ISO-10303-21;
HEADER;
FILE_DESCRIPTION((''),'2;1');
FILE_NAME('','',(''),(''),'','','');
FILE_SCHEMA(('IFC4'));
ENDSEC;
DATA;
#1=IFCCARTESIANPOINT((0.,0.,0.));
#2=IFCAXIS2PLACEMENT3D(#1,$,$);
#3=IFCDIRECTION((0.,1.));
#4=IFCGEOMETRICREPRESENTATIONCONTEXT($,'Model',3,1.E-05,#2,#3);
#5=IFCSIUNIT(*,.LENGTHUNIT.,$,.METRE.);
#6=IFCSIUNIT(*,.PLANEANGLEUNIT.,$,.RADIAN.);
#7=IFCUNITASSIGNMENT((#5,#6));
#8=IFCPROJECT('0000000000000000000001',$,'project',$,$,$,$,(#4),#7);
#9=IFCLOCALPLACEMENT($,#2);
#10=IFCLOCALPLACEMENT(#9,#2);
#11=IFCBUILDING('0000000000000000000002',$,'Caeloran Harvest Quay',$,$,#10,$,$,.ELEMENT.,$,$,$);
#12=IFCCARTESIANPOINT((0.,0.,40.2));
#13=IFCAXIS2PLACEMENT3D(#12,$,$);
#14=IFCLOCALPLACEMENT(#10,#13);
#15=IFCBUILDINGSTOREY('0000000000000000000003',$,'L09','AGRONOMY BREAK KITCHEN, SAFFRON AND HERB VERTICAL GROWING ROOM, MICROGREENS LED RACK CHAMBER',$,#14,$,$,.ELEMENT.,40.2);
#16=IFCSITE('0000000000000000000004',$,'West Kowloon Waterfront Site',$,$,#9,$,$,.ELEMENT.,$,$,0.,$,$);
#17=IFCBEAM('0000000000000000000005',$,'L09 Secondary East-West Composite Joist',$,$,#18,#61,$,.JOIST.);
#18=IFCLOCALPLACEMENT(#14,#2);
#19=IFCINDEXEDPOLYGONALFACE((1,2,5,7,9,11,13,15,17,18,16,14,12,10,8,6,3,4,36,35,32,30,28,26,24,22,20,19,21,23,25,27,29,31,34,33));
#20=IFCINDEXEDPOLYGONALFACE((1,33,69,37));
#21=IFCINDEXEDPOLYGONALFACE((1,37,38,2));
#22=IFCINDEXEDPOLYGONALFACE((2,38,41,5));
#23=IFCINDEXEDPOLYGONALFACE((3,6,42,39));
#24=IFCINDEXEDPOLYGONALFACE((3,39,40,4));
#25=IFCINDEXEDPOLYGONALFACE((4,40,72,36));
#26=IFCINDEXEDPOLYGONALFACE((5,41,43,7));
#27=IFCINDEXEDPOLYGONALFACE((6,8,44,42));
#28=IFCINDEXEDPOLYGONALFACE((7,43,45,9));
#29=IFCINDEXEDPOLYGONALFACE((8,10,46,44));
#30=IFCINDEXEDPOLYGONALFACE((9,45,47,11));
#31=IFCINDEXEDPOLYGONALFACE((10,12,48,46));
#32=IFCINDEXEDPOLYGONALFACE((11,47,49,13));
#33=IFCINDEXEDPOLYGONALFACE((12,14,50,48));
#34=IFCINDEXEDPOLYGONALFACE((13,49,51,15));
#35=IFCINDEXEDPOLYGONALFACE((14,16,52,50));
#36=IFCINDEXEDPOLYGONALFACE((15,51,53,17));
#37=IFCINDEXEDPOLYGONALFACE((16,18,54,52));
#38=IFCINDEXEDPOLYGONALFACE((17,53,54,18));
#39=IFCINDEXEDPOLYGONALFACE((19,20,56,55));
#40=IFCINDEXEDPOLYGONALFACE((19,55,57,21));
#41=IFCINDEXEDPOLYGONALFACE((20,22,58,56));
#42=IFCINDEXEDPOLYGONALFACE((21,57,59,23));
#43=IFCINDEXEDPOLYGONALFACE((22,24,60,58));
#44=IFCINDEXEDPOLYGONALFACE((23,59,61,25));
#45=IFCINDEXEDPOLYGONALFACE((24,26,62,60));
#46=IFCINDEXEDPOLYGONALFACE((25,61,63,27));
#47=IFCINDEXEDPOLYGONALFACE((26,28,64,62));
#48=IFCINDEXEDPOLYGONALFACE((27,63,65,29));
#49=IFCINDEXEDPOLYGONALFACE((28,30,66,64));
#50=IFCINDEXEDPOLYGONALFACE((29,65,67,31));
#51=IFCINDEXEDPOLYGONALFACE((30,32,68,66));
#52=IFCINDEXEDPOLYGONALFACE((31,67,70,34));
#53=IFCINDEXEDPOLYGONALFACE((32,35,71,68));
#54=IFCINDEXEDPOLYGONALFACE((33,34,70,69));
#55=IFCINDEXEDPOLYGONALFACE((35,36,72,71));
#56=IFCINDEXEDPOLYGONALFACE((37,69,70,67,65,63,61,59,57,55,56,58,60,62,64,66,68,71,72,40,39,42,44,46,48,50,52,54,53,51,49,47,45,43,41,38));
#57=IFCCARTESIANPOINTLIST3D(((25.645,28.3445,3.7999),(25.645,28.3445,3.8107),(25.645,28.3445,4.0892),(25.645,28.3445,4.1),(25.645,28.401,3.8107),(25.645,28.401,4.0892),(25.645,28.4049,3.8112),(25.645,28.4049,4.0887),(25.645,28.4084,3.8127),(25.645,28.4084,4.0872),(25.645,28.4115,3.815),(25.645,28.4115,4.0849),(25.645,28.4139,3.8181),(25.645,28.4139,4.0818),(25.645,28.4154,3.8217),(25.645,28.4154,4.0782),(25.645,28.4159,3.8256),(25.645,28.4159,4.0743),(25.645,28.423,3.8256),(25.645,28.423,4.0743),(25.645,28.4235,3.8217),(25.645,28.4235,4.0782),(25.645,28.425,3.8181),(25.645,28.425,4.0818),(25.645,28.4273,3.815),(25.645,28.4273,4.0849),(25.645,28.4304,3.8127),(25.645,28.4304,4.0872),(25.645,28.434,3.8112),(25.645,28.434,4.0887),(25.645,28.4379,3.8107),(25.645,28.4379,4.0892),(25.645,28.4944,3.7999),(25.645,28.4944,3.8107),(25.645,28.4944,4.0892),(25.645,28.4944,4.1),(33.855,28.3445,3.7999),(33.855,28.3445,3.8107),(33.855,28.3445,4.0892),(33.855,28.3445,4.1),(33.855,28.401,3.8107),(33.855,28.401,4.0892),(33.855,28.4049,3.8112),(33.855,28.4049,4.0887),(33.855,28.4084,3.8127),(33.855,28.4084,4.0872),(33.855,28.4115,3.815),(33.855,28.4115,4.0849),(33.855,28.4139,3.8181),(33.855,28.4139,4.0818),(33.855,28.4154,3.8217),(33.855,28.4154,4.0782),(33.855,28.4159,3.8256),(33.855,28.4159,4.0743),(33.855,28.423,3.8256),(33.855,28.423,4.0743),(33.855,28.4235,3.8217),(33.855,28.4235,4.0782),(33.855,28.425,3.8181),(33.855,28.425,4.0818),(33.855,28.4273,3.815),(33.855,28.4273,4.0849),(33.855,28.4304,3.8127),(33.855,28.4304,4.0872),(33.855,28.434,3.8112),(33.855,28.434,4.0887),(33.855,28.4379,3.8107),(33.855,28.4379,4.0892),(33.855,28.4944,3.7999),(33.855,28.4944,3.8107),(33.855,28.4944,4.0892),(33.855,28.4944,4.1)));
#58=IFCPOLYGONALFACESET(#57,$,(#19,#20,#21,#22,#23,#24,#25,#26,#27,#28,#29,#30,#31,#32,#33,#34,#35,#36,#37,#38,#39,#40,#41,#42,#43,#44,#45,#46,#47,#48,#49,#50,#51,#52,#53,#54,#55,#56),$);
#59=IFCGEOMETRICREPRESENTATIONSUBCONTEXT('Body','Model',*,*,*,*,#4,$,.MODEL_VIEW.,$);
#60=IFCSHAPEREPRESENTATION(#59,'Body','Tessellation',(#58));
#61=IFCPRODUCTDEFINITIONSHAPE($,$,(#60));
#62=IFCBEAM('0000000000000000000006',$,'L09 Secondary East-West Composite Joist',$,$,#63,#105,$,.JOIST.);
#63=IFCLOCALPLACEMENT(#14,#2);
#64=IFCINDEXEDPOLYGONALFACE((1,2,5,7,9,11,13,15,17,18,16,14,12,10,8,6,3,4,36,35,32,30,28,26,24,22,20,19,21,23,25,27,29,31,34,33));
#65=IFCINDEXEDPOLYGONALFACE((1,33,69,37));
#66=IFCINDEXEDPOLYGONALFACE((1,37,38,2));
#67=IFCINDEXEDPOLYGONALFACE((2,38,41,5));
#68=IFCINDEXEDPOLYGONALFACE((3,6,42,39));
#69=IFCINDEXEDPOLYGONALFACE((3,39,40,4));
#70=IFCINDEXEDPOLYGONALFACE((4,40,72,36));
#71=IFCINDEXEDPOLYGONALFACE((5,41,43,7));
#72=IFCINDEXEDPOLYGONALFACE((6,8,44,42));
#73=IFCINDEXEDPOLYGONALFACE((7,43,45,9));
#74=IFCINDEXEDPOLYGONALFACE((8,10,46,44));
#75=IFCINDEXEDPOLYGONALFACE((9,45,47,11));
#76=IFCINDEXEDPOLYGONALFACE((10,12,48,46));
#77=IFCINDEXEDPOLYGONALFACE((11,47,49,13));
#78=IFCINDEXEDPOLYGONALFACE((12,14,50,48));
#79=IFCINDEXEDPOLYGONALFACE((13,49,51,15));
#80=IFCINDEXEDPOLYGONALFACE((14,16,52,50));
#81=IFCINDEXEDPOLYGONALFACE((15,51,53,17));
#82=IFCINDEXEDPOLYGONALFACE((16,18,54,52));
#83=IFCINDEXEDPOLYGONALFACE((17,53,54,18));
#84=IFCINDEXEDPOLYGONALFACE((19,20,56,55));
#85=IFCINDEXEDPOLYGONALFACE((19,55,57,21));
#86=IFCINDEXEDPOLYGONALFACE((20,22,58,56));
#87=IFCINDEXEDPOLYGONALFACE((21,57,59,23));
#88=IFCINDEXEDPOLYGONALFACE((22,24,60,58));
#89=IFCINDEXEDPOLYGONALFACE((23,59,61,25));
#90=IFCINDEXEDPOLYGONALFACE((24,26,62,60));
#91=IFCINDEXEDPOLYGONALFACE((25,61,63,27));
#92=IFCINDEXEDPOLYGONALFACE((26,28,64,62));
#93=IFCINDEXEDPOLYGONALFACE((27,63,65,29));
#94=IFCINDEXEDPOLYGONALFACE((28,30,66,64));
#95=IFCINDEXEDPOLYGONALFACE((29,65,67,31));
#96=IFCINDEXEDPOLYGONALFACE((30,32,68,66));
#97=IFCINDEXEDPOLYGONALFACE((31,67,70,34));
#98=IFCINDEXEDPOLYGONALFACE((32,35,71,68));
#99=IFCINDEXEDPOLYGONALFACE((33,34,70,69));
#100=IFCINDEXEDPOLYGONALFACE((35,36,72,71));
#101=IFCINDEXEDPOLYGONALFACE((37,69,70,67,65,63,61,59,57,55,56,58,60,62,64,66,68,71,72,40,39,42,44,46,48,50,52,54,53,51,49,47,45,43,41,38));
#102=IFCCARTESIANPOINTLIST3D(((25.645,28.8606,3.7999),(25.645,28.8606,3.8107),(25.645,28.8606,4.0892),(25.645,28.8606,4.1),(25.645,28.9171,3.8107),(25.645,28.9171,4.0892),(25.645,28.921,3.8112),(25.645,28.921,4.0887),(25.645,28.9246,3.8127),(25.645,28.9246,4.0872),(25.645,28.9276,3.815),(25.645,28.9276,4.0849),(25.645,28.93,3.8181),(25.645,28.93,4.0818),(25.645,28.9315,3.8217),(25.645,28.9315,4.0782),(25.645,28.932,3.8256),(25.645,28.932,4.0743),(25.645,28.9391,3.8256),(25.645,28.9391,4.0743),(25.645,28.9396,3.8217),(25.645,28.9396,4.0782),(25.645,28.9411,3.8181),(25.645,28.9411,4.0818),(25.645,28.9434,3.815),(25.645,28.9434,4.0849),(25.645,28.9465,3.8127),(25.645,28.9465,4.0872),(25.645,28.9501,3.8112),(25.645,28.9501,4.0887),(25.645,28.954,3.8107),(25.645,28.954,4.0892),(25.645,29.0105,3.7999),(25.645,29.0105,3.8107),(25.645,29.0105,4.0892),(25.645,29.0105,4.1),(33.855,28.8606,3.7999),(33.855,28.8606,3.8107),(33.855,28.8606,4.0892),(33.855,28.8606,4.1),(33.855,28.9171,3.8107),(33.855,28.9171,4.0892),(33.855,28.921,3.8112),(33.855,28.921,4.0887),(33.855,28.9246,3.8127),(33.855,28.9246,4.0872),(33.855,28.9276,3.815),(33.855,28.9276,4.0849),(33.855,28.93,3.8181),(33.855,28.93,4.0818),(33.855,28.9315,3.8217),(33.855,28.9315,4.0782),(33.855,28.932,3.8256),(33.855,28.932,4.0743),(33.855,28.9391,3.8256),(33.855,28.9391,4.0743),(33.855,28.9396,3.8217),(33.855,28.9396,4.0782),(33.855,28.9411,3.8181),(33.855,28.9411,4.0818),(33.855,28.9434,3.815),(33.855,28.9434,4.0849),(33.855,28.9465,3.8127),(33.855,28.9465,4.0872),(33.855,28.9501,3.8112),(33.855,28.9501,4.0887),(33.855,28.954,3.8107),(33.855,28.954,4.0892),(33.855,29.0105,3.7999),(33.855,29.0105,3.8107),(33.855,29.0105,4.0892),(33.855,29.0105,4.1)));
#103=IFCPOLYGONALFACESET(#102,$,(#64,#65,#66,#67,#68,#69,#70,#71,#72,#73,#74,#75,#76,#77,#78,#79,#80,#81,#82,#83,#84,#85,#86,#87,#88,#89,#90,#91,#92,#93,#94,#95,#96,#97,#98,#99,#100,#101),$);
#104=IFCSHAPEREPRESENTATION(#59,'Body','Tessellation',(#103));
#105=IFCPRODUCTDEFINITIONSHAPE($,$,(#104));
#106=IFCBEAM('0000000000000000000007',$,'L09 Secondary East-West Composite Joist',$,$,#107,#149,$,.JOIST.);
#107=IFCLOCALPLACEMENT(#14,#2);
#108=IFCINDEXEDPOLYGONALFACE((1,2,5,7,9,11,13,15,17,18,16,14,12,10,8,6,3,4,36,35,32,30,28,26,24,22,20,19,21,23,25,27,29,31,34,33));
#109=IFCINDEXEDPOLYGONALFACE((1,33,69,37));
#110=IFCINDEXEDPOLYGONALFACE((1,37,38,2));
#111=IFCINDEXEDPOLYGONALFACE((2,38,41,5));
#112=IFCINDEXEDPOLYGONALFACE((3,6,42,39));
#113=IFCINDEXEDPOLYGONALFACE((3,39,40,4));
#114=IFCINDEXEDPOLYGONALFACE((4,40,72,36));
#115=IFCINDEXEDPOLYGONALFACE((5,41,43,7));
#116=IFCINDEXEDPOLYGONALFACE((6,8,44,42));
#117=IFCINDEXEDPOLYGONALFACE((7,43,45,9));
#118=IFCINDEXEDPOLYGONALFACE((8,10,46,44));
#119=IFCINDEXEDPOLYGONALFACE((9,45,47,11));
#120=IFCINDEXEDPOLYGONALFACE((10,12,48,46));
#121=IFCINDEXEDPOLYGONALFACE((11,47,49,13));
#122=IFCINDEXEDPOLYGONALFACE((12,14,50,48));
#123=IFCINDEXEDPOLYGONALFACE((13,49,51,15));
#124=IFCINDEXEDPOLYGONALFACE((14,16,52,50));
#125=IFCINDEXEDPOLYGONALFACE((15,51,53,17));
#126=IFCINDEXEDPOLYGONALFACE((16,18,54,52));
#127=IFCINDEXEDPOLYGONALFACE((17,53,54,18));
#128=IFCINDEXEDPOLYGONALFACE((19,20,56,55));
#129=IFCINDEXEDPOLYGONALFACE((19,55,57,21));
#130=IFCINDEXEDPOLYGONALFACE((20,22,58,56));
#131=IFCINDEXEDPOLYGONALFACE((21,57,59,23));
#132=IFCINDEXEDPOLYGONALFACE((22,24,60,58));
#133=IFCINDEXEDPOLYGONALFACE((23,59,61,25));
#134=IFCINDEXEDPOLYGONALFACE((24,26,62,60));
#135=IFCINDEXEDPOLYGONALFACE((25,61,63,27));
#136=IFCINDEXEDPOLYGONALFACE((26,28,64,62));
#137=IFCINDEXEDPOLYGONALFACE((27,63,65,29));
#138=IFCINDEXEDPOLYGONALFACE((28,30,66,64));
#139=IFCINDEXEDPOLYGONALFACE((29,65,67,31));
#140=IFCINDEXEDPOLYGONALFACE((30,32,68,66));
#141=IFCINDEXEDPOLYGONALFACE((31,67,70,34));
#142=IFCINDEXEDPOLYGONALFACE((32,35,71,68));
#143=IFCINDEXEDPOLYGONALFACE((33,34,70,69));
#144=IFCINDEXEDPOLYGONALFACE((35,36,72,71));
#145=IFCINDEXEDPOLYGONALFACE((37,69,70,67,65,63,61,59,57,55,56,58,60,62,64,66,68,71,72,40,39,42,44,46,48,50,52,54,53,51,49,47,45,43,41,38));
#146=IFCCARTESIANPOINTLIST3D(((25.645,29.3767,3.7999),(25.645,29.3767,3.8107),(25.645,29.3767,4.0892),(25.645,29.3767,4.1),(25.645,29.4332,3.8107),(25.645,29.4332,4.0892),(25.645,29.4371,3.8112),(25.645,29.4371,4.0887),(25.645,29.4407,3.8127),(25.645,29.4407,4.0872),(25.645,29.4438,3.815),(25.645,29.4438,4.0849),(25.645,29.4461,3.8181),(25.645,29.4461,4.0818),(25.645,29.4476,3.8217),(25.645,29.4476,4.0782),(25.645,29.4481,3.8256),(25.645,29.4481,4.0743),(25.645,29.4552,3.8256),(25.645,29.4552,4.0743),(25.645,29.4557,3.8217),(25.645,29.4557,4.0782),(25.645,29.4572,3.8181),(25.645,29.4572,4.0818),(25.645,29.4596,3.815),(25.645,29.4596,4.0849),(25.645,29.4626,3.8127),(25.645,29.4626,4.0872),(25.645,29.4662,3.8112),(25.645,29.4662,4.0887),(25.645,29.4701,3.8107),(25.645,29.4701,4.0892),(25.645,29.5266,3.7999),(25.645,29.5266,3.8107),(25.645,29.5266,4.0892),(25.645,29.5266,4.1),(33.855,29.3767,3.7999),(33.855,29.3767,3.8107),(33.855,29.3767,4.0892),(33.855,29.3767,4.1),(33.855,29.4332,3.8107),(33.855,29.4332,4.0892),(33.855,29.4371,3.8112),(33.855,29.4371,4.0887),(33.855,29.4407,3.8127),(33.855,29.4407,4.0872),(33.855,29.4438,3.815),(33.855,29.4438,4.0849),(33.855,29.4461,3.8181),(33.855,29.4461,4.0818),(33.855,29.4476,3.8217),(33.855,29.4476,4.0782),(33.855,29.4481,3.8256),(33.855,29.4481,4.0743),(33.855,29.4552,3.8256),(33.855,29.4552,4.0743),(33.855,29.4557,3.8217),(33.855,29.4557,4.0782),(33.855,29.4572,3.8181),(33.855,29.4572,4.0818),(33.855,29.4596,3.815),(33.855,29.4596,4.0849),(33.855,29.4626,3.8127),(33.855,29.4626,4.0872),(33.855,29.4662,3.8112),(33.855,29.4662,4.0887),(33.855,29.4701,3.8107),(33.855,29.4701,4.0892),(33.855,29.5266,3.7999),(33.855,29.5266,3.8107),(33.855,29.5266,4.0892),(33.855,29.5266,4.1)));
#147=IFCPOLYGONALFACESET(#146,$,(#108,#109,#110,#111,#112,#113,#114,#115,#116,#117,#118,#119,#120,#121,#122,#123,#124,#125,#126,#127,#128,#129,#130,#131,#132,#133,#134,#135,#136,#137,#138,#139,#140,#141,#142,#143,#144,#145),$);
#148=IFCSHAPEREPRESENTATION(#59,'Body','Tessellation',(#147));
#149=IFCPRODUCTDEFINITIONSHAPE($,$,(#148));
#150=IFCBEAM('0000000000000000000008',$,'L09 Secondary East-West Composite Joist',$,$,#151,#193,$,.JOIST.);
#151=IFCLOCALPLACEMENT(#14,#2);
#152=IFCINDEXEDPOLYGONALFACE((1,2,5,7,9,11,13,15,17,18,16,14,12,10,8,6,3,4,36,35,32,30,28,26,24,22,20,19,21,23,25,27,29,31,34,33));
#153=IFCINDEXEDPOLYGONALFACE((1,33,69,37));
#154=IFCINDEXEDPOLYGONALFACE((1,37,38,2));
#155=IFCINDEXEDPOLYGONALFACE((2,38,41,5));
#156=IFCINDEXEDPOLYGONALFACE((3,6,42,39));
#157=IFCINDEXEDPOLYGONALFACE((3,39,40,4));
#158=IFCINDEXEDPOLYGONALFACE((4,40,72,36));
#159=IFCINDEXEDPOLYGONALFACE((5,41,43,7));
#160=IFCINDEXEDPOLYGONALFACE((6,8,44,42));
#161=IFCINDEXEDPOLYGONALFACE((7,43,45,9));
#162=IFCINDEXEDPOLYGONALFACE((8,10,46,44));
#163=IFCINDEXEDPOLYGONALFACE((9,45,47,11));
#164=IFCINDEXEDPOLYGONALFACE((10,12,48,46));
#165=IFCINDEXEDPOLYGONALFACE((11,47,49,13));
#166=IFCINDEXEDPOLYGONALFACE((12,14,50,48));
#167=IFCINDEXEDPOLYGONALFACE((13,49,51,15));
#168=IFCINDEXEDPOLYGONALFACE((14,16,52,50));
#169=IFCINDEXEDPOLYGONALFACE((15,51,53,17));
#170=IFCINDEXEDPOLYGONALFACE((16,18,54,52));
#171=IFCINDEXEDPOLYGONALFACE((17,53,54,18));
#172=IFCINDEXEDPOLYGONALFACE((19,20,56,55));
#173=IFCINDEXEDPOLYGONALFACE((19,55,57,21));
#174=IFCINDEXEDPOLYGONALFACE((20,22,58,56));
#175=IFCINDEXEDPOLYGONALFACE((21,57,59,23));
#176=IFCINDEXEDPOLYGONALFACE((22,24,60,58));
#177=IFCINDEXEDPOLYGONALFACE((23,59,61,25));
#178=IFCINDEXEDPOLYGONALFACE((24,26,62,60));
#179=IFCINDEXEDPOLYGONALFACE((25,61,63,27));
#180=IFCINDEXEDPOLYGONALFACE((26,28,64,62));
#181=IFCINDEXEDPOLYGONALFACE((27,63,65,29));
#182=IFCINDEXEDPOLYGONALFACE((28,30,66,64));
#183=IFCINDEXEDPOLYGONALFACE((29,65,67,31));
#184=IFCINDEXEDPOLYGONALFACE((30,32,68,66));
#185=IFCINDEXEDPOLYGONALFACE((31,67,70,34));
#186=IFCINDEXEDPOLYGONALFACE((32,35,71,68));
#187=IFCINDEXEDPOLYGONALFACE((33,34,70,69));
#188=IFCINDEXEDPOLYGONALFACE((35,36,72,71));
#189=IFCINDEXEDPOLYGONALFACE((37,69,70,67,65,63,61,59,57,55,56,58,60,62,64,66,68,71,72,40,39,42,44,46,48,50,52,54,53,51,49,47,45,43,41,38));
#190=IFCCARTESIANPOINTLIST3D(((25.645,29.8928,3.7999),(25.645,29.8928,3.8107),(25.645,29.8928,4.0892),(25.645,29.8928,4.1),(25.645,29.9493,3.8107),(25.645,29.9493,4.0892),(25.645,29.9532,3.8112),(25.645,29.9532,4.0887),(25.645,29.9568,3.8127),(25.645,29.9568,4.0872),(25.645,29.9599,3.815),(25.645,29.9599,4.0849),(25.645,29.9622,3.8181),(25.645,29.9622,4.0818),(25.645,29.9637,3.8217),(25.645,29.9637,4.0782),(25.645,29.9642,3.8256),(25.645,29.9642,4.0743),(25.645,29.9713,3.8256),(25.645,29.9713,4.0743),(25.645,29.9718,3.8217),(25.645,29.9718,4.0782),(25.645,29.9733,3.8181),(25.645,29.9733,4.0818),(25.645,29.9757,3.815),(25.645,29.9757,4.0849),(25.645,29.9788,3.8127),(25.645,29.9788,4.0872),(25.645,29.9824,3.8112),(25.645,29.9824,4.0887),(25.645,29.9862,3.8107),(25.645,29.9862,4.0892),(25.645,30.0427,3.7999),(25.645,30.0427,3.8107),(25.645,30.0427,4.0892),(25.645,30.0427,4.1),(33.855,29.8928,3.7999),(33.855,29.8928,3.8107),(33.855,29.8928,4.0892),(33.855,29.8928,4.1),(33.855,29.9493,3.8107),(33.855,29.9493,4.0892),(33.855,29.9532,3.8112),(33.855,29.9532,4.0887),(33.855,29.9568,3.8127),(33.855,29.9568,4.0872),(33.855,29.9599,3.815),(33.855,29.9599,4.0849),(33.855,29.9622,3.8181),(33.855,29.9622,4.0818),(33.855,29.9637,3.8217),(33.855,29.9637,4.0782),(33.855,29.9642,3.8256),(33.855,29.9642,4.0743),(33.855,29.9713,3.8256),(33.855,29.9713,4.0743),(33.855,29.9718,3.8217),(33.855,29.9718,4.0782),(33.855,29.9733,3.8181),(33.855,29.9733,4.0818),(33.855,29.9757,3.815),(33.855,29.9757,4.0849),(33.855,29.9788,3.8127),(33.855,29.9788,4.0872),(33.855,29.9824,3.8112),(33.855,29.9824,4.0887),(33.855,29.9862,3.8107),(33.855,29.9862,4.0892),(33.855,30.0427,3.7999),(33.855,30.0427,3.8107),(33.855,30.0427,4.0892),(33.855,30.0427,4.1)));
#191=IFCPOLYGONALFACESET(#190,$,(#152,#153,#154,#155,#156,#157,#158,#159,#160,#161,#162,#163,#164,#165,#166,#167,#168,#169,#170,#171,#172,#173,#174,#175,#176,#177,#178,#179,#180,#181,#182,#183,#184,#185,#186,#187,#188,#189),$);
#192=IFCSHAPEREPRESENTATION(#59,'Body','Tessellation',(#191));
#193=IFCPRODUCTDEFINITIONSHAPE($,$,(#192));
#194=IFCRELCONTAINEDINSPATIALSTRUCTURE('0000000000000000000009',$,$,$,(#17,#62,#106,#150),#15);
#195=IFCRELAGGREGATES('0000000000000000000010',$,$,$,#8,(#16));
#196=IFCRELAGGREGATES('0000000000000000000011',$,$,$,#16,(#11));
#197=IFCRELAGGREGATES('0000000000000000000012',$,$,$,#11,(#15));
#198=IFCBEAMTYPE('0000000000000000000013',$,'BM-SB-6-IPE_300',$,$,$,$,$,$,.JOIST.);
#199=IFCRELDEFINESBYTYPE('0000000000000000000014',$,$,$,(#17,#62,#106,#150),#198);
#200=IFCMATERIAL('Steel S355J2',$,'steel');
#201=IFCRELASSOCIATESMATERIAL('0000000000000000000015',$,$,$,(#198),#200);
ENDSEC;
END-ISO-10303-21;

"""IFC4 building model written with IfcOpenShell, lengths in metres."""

from ifc_helpers import new_model, si_unit, direction, frame, origin, origin_2d, place, context, subcontext, project, spatial, i_section, extrude, material, material_profile, profile_set, type_object, element, save


model = new_model("IFC4")

# Units and contexts
model_context = context("Model", 3, precision=1e-05, world=origin(), true_north=direction((0.0, 1.0)))
body_context = subcontext(model_context, "Body", "Model", "MODEL_VIEW")
ifc_project = project(units=[si_unit("LENGTHUNIT", "METRE"), si_unit("PLANEANGLEUNIT", "RADIAN")], contexts=[model_context])

# Site, building, storey
site_placement = place(None, origin())
site = spatial("IfcSite", under=ifc_project, at=site_placement, Name="West Kowloon Waterfront Site", CompositionType="ELEMENT", RefElevation=0.0)
building_placement = place(site_placement, origin())
building = spatial("IfcBuilding", under=site, at=building_placement, Name="Caeloran Harvest Quay", CompositionType="ELEMENT")
storey_placement = place(building_placement, frame((0.0, 0.0, 40.2)))
storey = spatial("IfcBuildingStorey", under=building, at=storey_placement, Name="L09", Description="AGRONOMY BREAK KITCHEN, SAFFRON AND HERB VERTICAL GROWING ROOM, MICROGREENS LED RACK CHAMBER", CompositionType="ELEMENT", Elevation=40.2)

# Beams
ifc_material_1 = material(Name="Steel S355J2", Category="steel")
ifc_material_profile_1 = material_profile(ifc_material_1, i_section(OverallWidth=0.1499, OverallDepth=0.3, WebThickness=0.0071, FlangeThickness=0.0107, FilletRadius=0.0149, at=origin_2d()), Name="IPE 300")
ifc_profile_set_1 = profile_set([ifc_material_profile_1], Name="Steel S355J2")
beam_type_1 = type_object("IfcBeamType", Name="BM-SB-6-IPE_300", PredefinedType="JOIST", material=ifc_profile_set_1)
for number, where, z_axis, x_axis, name in (
    (1, (25.645, 28.4194, 3.95), (1.0, 0.0, 0.0), (0.0, 1.0, 0.0), "L09 Secondary East-West Composite Joist"),
    (2, (25.645, 28.9355, 3.95), (1.0, 0.0, 0.0), (0.0, 1.0, 0.0), "L09 Secondary East-West Composite Joist"),
    (3, (25.645, 29.4517, 3.95), (1.0, 0.0, 0.0), (0.0, 1.0, 0.0), "L09 Secondary East-West Composite Joist"),
    (4, (25.645, 29.9678, 3.95), (1.0, 0.0, 0.0), (0.0, 1.0, 0.0), "L09 Secondary East-West Composite Joist"),
):
    element("IfcBeam", number, at=place(storey_placement, frame(where, z_axis=z_axis, x_axis=x_axis)), inside=storey, type_object=beam_type_1, Name=name, PredefinedType="JOIST", context=body_context, shape_type="SweptSolid", body=[
        extrude(i_section(OverallWidth=0.1499, OverallDepth=0.3, WebThickness=0.0071, FlangeThickness=0.0107, FilletRadius=0.0149, at=origin_2d()), origin(), (0.0, 0.0, 1.0), 8.21),
    ])

save(model, "model.ifc")
